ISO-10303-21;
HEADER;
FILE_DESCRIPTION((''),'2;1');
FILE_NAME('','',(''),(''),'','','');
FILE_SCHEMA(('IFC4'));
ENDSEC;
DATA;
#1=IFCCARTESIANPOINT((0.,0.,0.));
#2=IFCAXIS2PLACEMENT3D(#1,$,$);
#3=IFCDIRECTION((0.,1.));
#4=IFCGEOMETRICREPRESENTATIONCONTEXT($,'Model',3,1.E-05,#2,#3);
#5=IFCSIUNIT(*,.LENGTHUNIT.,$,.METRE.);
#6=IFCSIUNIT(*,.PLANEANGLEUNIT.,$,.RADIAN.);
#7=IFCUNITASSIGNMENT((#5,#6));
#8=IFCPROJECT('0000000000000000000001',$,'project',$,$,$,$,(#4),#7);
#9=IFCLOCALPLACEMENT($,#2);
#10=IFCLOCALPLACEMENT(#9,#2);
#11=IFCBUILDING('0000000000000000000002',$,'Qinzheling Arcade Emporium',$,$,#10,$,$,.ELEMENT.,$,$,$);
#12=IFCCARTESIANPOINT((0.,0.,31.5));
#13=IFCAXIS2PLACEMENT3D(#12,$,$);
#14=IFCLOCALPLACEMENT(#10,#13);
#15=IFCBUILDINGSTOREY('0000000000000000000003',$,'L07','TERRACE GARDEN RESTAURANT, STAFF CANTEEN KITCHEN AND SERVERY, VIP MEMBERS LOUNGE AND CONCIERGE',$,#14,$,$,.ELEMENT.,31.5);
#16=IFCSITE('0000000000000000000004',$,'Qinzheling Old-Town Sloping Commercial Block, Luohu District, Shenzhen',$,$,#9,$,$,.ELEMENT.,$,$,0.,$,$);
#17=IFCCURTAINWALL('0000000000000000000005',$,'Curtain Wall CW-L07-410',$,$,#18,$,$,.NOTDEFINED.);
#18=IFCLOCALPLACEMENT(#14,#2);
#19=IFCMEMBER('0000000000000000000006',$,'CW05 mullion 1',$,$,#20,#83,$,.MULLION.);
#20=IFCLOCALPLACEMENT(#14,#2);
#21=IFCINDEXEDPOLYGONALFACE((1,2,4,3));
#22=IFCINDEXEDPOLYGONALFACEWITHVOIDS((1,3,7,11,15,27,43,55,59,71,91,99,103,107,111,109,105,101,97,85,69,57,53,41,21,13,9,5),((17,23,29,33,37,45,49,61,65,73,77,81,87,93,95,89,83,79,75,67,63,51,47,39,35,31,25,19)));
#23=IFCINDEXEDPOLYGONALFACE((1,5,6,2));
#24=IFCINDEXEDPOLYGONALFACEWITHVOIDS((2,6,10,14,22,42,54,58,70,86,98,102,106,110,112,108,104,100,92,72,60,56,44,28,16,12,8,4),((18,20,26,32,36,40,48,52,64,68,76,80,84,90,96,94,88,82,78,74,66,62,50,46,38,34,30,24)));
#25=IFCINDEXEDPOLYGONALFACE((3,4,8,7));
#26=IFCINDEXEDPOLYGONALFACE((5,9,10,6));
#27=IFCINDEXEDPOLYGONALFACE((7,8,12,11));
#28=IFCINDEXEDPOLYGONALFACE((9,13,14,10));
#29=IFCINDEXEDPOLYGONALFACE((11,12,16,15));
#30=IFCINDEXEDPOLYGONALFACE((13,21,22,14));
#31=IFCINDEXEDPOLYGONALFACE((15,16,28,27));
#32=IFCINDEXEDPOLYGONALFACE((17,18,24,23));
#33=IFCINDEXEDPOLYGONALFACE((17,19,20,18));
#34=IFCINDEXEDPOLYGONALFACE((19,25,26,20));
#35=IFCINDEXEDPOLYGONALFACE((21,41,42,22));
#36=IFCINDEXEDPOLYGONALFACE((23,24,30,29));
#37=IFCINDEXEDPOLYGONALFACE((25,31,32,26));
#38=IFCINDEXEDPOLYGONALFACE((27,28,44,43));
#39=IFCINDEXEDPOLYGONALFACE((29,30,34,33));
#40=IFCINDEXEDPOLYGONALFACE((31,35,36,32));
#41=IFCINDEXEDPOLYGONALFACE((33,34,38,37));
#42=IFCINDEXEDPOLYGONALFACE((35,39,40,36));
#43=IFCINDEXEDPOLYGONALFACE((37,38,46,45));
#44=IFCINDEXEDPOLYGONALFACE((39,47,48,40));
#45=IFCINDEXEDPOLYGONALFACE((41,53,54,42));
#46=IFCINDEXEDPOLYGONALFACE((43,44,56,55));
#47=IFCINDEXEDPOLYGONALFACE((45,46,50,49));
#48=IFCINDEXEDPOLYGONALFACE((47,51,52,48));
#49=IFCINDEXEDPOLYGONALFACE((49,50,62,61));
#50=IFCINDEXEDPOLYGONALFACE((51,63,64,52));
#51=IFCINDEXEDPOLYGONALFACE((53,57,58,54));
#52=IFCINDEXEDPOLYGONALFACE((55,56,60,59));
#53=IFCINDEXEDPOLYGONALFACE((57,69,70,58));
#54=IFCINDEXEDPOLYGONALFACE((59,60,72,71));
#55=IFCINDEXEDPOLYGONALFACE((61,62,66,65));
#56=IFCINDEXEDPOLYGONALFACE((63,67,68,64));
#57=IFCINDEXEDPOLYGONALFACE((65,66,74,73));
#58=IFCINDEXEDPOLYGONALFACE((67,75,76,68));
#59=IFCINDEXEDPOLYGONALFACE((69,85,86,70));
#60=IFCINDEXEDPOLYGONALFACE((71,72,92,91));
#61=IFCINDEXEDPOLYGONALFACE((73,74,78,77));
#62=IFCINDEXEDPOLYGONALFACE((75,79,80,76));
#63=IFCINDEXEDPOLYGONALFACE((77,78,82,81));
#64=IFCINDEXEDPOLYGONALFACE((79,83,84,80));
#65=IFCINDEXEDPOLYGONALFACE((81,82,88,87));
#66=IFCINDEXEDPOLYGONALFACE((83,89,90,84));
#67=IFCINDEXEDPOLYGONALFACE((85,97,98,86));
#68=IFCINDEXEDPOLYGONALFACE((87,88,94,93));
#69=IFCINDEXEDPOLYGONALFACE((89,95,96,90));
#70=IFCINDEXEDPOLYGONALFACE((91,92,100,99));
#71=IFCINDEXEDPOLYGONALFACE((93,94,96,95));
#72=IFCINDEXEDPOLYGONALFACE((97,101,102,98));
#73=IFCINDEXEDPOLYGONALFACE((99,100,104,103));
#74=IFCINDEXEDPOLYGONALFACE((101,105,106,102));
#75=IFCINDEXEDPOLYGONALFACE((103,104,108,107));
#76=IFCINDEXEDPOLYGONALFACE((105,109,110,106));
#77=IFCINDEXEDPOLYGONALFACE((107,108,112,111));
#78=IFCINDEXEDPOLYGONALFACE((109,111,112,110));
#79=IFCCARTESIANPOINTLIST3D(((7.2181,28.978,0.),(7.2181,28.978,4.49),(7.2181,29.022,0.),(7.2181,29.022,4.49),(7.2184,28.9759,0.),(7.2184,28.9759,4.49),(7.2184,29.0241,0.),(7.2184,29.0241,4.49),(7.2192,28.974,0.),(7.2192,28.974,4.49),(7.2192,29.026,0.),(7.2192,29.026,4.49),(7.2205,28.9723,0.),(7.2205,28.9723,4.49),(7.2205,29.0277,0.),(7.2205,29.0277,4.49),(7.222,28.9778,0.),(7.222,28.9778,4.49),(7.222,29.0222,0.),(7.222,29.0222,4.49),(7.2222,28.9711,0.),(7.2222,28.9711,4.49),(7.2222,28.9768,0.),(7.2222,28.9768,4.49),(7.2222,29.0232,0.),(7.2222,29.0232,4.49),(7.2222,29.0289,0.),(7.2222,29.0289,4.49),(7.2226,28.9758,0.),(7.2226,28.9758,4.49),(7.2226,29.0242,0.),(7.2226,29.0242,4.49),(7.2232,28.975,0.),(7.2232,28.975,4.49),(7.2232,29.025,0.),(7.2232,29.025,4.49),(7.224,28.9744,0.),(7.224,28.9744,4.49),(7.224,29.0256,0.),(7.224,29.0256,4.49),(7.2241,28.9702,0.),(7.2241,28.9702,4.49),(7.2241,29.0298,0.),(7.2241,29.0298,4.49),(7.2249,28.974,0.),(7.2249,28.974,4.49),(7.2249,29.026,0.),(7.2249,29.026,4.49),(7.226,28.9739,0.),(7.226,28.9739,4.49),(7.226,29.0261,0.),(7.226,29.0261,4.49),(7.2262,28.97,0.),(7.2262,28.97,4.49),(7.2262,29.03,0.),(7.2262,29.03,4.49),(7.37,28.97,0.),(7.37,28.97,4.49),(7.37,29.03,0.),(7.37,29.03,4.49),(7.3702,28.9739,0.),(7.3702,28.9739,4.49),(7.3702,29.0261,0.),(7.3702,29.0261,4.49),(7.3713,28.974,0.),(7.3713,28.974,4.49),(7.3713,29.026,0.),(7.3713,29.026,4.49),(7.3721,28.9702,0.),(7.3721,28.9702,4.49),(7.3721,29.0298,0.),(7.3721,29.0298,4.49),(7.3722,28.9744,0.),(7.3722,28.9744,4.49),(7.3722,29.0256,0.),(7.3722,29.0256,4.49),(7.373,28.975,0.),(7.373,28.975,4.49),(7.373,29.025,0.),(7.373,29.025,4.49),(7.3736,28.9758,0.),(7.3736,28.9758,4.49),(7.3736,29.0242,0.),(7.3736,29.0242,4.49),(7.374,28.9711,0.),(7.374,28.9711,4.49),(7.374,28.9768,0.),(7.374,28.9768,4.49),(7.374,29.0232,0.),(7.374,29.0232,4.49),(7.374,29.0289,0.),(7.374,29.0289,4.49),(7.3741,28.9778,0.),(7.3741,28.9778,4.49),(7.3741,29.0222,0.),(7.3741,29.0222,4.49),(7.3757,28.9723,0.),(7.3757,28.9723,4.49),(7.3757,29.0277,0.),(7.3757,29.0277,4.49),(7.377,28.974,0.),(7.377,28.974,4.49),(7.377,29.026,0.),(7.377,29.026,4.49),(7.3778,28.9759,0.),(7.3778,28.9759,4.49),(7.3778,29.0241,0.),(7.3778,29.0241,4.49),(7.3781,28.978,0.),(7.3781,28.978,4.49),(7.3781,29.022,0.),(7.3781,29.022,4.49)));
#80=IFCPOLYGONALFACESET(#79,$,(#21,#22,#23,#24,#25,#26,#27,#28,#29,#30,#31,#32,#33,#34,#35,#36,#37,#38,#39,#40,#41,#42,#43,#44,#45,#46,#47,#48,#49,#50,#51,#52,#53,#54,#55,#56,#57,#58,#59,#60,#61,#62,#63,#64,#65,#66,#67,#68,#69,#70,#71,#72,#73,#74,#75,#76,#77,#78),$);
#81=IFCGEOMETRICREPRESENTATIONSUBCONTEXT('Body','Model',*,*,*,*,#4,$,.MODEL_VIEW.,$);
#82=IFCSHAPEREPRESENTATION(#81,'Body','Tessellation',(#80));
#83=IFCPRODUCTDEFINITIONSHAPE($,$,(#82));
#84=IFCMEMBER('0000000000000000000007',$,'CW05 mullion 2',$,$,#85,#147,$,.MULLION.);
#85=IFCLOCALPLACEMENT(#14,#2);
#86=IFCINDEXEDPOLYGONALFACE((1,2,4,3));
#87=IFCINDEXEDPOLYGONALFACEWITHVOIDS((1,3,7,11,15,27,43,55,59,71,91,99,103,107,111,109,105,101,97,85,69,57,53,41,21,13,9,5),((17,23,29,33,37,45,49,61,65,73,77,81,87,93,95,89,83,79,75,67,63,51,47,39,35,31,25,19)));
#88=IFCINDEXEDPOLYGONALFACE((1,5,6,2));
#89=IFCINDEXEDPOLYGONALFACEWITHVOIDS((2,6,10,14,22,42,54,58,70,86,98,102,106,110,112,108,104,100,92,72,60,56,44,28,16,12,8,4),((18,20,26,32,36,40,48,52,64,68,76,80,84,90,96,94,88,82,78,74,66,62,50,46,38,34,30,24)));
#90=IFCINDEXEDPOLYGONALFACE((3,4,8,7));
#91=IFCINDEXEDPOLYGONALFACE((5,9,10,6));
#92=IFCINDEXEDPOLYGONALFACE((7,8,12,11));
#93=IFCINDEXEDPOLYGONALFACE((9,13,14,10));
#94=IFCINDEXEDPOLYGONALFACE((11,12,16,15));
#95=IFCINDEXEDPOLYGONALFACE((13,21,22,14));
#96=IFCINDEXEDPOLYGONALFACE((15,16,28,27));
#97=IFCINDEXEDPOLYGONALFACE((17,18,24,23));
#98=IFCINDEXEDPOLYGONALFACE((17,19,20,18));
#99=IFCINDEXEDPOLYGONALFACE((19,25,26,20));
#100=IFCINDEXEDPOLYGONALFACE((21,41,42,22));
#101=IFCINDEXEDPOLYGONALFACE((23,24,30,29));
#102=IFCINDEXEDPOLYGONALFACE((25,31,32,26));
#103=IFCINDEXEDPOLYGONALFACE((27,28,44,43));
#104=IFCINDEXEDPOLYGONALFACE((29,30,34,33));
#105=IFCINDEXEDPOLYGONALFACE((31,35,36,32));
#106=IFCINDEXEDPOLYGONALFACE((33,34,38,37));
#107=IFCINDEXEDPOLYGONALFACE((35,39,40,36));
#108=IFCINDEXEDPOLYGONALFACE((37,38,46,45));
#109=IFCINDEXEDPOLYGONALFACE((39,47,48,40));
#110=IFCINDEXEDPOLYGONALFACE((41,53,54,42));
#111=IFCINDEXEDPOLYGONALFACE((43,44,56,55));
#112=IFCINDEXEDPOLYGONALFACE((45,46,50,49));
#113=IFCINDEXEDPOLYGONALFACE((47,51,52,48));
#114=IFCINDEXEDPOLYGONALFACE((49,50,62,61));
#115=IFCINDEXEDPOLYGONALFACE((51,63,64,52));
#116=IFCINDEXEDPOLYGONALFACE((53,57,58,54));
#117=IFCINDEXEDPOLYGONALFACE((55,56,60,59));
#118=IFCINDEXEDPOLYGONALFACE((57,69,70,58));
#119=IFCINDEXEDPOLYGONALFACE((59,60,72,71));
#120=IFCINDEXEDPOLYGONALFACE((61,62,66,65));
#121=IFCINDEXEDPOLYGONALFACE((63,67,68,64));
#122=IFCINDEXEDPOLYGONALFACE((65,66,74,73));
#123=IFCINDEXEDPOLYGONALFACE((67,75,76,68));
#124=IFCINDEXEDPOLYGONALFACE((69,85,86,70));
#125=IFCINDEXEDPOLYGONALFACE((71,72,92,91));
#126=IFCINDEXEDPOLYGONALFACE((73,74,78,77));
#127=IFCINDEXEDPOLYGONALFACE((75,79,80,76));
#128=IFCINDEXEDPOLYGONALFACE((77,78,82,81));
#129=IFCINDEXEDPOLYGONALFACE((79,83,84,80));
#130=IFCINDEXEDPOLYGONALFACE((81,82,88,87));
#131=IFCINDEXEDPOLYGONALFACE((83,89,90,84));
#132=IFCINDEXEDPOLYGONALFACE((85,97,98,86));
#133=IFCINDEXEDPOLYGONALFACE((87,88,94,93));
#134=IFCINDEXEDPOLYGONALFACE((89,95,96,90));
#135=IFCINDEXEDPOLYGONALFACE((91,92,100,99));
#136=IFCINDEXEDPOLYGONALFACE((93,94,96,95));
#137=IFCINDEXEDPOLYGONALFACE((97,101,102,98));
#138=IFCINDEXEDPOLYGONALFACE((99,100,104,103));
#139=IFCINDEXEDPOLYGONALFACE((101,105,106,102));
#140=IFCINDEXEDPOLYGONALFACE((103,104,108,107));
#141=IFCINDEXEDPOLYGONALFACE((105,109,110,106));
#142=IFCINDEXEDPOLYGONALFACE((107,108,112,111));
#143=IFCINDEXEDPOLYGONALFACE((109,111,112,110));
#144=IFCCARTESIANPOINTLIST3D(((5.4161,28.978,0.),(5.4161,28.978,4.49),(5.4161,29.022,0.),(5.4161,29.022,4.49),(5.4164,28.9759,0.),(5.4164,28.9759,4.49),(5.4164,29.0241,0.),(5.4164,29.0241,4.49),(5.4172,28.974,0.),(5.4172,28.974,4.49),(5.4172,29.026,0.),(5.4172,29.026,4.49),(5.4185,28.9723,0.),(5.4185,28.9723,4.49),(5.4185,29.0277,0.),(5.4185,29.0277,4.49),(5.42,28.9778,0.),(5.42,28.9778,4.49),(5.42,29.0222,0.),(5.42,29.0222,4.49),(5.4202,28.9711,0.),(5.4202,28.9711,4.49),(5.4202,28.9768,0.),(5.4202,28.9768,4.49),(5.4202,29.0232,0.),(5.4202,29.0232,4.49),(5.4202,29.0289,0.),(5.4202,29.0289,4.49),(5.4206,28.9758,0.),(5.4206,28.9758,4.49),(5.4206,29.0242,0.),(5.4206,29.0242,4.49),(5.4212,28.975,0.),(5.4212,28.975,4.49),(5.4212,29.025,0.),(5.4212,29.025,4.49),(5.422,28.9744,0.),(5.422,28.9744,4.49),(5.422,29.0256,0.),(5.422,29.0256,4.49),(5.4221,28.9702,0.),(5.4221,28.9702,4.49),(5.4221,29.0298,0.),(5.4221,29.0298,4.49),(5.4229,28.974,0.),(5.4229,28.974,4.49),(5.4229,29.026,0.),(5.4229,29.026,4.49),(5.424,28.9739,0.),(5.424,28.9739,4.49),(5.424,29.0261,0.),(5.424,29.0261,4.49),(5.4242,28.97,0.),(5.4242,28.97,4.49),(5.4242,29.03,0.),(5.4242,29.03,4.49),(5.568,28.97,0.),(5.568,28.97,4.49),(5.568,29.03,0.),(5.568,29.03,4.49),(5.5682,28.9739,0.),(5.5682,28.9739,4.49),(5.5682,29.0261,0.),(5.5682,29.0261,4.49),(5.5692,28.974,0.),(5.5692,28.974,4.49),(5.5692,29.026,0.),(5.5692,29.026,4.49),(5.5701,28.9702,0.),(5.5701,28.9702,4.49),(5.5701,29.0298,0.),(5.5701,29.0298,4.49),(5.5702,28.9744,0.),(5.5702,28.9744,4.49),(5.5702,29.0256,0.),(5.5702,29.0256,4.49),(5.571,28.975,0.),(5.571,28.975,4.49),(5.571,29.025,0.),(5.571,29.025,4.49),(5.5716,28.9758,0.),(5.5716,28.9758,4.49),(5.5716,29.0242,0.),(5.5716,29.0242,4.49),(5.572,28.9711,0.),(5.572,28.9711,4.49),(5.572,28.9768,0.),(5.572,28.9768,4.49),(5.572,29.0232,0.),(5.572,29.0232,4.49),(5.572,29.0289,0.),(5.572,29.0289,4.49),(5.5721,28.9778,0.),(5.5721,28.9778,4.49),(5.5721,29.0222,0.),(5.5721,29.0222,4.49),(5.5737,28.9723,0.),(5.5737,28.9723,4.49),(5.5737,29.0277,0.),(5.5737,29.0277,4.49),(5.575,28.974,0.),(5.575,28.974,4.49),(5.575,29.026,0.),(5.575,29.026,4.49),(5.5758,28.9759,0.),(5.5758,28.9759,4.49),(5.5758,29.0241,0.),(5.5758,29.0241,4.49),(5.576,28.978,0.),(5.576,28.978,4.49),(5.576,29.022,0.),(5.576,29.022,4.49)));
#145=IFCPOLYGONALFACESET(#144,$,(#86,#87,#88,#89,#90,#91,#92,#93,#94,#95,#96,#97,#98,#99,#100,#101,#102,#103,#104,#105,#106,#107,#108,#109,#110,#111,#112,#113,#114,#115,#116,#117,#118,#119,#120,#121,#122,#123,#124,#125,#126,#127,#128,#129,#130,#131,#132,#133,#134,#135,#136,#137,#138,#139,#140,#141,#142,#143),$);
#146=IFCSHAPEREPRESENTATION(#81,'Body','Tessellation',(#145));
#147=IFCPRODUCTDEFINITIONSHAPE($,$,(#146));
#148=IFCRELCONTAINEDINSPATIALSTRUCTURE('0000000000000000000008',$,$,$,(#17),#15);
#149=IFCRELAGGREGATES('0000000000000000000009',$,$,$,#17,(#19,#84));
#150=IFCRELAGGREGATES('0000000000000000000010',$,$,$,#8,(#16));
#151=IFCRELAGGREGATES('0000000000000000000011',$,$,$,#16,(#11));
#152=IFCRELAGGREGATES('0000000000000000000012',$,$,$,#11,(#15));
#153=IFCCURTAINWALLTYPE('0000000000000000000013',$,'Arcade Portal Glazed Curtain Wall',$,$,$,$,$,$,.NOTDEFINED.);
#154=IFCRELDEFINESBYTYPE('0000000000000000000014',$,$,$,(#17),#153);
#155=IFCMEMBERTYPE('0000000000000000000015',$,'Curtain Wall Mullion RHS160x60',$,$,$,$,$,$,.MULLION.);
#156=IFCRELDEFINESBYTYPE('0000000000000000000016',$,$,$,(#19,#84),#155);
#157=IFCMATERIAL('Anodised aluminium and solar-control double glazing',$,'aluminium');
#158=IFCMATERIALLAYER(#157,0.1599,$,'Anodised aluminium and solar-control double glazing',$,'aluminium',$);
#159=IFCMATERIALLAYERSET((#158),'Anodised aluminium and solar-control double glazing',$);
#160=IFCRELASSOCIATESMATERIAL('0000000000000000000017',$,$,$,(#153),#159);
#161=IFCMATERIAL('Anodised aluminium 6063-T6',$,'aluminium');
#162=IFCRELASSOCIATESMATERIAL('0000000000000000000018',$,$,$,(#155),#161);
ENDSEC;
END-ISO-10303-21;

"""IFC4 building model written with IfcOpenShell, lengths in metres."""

from ifc_helpers import new_model, si_unit, direction, frame, origin, origin_2d, place, context, subcontext, project, spatial, hollow_rectangle, extrude, material, layer, layer_set, material_profile, profile_set, type_object, element, aggregate, save


model = new_model("IFC4")

# Units and contexts
model_context = context("Model", 3, precision=1e-05, world=origin(), true_north=direction((0.0, 1.0)))
body_context = subcontext(model_context, "Body", "Model", "MODEL_VIEW")
ifc_project = project(units=[si_unit("LENGTHUNIT", "METRE"), si_unit("PLANEANGLEUNIT", "RADIAN")], contexts=[model_context])

# Site, building, storey
site_placement = place(None, origin())
site = spatial("IfcSite", under=ifc_project, at=site_placement, Name="Qinzheling Old-Town Sloping Commercial Block, Luohu District, Shenzhen", CompositionType="ELEMENT", RefElevation=0.0)
building_placement = place(site_placement, origin())
building = spatial("IfcBuilding", under=site, at=building_placement, Name="Qinzheling Arcade Emporium", CompositionType="ELEMENT")
storey_placement = place(building_placement, frame((0.0, 0.0, 31.5)))
storey = spatial("IfcBuildingStorey", under=building, at=storey_placement, Name="L07", Description="TERRACE GARDEN RESTAURANT, STAFF CANTEEN KITCHEN AND SERVERY, VIP MEMBERS LOUNGE AND CONCIERGE", CompositionType="ELEMENT", Elevation=31.5)

# Curtain wall, members
ifc_material_1 = material(Name="Anodised aluminium and solar-control double glazing", Category="aluminium")
ifc_layer_1 = layer(ifc_material_1, 0.1599, Name="Anodised aluminium and solar-control double glazing", Category="aluminium")
ifc_layer_set_1 = layer_set([ifc_layer_1], Name="Anodised aluminium and solar-control double glazing")
curtain_wall_type = type_object("IfcCurtainWallType", Name="Arcade Portal Glazed Curtain Wall", PredefinedType="NOTDEFINED", material=ifc_layer_set_1)
ifc_material_2 = material(Name="Anodised aluminium 6063-T6", Category="aluminium")
ifc_material_profile_1 = material_profile(ifc_material_2, hollow_rectangle(XDim=0.0601, YDim=0.1599, WallThickness=0.0039, InnerFilletRadius=0.0039, OuterFilletRadius=0.0081, at=origin_2d()), Name="RHS 160x60x4", Category="aluminium")
ifc_profile_set_1 = profile_set([ifc_material_profile_1], Name="Anodised aluminium 6063-T6")
member_type_1 = type_object("IfcMemberType", Name="Curtain Wall Mullion RHS160x60", PredefinedType="MULLION", material=ifc_profile_set_1)
curtain_wall_1_placement = place(storey_placement, origin())
curtain_wall_1 = element("IfcCurtainWall", 1, at=curtain_wall_1_placement, inside=storey, type_object=curtain_wall_type, Name="Curtain Wall CW-L07-410", PredefinedType="NOTDEFINED")
member_1_placement = place(storey_placement, frame((7.2981, 29.0, 0.0), z_axis=(0.0, 0.0, 1.0), x_axis=(0.0, -1.0, 0.0)))
member_1 = element("IfcMember", 2, at=member_1_placement, type_object=member_type_1, Name="CW05 mullion 1", PredefinedType="MULLION", context=body_context, shape_type="SweptSolid", body=[
    extrude(hollow_rectangle(XDim=0.0601, YDim=0.1599, WallThickness=0.0039, InnerFilletRadius=0.0039, OuterFilletRadius=0.0081, at=origin_2d()), origin(), (0.0, 0.0, 1.0), 4.49),
])
member_2_placement = place(storey_placement, frame((5.4961, 29.0, 0.0), z_axis=(0.0, 0.0, 1.0), x_axis=(0.0, -1.0, 0.0)))
member_2 = element("IfcMember", 3, at=member_2_placement, type_object=member_type_1, Name="CW05 mullion 2", PredefinedType="MULLION", context=body_context, shape_type="SweptSolid", body=[
    extrude(hollow_rectangle(XDim=0.0601, YDim=0.1599, WallThickness=0.0039, InnerFilletRadius=0.0039, OuterFilletRadius=0.0081, at=origin_2d()), origin(), (0.0, 0.0, 1.0), 4.49),
])

aggregate(curtain_wall_1, [member_1, member_2])

save(model, "model.ifc")
